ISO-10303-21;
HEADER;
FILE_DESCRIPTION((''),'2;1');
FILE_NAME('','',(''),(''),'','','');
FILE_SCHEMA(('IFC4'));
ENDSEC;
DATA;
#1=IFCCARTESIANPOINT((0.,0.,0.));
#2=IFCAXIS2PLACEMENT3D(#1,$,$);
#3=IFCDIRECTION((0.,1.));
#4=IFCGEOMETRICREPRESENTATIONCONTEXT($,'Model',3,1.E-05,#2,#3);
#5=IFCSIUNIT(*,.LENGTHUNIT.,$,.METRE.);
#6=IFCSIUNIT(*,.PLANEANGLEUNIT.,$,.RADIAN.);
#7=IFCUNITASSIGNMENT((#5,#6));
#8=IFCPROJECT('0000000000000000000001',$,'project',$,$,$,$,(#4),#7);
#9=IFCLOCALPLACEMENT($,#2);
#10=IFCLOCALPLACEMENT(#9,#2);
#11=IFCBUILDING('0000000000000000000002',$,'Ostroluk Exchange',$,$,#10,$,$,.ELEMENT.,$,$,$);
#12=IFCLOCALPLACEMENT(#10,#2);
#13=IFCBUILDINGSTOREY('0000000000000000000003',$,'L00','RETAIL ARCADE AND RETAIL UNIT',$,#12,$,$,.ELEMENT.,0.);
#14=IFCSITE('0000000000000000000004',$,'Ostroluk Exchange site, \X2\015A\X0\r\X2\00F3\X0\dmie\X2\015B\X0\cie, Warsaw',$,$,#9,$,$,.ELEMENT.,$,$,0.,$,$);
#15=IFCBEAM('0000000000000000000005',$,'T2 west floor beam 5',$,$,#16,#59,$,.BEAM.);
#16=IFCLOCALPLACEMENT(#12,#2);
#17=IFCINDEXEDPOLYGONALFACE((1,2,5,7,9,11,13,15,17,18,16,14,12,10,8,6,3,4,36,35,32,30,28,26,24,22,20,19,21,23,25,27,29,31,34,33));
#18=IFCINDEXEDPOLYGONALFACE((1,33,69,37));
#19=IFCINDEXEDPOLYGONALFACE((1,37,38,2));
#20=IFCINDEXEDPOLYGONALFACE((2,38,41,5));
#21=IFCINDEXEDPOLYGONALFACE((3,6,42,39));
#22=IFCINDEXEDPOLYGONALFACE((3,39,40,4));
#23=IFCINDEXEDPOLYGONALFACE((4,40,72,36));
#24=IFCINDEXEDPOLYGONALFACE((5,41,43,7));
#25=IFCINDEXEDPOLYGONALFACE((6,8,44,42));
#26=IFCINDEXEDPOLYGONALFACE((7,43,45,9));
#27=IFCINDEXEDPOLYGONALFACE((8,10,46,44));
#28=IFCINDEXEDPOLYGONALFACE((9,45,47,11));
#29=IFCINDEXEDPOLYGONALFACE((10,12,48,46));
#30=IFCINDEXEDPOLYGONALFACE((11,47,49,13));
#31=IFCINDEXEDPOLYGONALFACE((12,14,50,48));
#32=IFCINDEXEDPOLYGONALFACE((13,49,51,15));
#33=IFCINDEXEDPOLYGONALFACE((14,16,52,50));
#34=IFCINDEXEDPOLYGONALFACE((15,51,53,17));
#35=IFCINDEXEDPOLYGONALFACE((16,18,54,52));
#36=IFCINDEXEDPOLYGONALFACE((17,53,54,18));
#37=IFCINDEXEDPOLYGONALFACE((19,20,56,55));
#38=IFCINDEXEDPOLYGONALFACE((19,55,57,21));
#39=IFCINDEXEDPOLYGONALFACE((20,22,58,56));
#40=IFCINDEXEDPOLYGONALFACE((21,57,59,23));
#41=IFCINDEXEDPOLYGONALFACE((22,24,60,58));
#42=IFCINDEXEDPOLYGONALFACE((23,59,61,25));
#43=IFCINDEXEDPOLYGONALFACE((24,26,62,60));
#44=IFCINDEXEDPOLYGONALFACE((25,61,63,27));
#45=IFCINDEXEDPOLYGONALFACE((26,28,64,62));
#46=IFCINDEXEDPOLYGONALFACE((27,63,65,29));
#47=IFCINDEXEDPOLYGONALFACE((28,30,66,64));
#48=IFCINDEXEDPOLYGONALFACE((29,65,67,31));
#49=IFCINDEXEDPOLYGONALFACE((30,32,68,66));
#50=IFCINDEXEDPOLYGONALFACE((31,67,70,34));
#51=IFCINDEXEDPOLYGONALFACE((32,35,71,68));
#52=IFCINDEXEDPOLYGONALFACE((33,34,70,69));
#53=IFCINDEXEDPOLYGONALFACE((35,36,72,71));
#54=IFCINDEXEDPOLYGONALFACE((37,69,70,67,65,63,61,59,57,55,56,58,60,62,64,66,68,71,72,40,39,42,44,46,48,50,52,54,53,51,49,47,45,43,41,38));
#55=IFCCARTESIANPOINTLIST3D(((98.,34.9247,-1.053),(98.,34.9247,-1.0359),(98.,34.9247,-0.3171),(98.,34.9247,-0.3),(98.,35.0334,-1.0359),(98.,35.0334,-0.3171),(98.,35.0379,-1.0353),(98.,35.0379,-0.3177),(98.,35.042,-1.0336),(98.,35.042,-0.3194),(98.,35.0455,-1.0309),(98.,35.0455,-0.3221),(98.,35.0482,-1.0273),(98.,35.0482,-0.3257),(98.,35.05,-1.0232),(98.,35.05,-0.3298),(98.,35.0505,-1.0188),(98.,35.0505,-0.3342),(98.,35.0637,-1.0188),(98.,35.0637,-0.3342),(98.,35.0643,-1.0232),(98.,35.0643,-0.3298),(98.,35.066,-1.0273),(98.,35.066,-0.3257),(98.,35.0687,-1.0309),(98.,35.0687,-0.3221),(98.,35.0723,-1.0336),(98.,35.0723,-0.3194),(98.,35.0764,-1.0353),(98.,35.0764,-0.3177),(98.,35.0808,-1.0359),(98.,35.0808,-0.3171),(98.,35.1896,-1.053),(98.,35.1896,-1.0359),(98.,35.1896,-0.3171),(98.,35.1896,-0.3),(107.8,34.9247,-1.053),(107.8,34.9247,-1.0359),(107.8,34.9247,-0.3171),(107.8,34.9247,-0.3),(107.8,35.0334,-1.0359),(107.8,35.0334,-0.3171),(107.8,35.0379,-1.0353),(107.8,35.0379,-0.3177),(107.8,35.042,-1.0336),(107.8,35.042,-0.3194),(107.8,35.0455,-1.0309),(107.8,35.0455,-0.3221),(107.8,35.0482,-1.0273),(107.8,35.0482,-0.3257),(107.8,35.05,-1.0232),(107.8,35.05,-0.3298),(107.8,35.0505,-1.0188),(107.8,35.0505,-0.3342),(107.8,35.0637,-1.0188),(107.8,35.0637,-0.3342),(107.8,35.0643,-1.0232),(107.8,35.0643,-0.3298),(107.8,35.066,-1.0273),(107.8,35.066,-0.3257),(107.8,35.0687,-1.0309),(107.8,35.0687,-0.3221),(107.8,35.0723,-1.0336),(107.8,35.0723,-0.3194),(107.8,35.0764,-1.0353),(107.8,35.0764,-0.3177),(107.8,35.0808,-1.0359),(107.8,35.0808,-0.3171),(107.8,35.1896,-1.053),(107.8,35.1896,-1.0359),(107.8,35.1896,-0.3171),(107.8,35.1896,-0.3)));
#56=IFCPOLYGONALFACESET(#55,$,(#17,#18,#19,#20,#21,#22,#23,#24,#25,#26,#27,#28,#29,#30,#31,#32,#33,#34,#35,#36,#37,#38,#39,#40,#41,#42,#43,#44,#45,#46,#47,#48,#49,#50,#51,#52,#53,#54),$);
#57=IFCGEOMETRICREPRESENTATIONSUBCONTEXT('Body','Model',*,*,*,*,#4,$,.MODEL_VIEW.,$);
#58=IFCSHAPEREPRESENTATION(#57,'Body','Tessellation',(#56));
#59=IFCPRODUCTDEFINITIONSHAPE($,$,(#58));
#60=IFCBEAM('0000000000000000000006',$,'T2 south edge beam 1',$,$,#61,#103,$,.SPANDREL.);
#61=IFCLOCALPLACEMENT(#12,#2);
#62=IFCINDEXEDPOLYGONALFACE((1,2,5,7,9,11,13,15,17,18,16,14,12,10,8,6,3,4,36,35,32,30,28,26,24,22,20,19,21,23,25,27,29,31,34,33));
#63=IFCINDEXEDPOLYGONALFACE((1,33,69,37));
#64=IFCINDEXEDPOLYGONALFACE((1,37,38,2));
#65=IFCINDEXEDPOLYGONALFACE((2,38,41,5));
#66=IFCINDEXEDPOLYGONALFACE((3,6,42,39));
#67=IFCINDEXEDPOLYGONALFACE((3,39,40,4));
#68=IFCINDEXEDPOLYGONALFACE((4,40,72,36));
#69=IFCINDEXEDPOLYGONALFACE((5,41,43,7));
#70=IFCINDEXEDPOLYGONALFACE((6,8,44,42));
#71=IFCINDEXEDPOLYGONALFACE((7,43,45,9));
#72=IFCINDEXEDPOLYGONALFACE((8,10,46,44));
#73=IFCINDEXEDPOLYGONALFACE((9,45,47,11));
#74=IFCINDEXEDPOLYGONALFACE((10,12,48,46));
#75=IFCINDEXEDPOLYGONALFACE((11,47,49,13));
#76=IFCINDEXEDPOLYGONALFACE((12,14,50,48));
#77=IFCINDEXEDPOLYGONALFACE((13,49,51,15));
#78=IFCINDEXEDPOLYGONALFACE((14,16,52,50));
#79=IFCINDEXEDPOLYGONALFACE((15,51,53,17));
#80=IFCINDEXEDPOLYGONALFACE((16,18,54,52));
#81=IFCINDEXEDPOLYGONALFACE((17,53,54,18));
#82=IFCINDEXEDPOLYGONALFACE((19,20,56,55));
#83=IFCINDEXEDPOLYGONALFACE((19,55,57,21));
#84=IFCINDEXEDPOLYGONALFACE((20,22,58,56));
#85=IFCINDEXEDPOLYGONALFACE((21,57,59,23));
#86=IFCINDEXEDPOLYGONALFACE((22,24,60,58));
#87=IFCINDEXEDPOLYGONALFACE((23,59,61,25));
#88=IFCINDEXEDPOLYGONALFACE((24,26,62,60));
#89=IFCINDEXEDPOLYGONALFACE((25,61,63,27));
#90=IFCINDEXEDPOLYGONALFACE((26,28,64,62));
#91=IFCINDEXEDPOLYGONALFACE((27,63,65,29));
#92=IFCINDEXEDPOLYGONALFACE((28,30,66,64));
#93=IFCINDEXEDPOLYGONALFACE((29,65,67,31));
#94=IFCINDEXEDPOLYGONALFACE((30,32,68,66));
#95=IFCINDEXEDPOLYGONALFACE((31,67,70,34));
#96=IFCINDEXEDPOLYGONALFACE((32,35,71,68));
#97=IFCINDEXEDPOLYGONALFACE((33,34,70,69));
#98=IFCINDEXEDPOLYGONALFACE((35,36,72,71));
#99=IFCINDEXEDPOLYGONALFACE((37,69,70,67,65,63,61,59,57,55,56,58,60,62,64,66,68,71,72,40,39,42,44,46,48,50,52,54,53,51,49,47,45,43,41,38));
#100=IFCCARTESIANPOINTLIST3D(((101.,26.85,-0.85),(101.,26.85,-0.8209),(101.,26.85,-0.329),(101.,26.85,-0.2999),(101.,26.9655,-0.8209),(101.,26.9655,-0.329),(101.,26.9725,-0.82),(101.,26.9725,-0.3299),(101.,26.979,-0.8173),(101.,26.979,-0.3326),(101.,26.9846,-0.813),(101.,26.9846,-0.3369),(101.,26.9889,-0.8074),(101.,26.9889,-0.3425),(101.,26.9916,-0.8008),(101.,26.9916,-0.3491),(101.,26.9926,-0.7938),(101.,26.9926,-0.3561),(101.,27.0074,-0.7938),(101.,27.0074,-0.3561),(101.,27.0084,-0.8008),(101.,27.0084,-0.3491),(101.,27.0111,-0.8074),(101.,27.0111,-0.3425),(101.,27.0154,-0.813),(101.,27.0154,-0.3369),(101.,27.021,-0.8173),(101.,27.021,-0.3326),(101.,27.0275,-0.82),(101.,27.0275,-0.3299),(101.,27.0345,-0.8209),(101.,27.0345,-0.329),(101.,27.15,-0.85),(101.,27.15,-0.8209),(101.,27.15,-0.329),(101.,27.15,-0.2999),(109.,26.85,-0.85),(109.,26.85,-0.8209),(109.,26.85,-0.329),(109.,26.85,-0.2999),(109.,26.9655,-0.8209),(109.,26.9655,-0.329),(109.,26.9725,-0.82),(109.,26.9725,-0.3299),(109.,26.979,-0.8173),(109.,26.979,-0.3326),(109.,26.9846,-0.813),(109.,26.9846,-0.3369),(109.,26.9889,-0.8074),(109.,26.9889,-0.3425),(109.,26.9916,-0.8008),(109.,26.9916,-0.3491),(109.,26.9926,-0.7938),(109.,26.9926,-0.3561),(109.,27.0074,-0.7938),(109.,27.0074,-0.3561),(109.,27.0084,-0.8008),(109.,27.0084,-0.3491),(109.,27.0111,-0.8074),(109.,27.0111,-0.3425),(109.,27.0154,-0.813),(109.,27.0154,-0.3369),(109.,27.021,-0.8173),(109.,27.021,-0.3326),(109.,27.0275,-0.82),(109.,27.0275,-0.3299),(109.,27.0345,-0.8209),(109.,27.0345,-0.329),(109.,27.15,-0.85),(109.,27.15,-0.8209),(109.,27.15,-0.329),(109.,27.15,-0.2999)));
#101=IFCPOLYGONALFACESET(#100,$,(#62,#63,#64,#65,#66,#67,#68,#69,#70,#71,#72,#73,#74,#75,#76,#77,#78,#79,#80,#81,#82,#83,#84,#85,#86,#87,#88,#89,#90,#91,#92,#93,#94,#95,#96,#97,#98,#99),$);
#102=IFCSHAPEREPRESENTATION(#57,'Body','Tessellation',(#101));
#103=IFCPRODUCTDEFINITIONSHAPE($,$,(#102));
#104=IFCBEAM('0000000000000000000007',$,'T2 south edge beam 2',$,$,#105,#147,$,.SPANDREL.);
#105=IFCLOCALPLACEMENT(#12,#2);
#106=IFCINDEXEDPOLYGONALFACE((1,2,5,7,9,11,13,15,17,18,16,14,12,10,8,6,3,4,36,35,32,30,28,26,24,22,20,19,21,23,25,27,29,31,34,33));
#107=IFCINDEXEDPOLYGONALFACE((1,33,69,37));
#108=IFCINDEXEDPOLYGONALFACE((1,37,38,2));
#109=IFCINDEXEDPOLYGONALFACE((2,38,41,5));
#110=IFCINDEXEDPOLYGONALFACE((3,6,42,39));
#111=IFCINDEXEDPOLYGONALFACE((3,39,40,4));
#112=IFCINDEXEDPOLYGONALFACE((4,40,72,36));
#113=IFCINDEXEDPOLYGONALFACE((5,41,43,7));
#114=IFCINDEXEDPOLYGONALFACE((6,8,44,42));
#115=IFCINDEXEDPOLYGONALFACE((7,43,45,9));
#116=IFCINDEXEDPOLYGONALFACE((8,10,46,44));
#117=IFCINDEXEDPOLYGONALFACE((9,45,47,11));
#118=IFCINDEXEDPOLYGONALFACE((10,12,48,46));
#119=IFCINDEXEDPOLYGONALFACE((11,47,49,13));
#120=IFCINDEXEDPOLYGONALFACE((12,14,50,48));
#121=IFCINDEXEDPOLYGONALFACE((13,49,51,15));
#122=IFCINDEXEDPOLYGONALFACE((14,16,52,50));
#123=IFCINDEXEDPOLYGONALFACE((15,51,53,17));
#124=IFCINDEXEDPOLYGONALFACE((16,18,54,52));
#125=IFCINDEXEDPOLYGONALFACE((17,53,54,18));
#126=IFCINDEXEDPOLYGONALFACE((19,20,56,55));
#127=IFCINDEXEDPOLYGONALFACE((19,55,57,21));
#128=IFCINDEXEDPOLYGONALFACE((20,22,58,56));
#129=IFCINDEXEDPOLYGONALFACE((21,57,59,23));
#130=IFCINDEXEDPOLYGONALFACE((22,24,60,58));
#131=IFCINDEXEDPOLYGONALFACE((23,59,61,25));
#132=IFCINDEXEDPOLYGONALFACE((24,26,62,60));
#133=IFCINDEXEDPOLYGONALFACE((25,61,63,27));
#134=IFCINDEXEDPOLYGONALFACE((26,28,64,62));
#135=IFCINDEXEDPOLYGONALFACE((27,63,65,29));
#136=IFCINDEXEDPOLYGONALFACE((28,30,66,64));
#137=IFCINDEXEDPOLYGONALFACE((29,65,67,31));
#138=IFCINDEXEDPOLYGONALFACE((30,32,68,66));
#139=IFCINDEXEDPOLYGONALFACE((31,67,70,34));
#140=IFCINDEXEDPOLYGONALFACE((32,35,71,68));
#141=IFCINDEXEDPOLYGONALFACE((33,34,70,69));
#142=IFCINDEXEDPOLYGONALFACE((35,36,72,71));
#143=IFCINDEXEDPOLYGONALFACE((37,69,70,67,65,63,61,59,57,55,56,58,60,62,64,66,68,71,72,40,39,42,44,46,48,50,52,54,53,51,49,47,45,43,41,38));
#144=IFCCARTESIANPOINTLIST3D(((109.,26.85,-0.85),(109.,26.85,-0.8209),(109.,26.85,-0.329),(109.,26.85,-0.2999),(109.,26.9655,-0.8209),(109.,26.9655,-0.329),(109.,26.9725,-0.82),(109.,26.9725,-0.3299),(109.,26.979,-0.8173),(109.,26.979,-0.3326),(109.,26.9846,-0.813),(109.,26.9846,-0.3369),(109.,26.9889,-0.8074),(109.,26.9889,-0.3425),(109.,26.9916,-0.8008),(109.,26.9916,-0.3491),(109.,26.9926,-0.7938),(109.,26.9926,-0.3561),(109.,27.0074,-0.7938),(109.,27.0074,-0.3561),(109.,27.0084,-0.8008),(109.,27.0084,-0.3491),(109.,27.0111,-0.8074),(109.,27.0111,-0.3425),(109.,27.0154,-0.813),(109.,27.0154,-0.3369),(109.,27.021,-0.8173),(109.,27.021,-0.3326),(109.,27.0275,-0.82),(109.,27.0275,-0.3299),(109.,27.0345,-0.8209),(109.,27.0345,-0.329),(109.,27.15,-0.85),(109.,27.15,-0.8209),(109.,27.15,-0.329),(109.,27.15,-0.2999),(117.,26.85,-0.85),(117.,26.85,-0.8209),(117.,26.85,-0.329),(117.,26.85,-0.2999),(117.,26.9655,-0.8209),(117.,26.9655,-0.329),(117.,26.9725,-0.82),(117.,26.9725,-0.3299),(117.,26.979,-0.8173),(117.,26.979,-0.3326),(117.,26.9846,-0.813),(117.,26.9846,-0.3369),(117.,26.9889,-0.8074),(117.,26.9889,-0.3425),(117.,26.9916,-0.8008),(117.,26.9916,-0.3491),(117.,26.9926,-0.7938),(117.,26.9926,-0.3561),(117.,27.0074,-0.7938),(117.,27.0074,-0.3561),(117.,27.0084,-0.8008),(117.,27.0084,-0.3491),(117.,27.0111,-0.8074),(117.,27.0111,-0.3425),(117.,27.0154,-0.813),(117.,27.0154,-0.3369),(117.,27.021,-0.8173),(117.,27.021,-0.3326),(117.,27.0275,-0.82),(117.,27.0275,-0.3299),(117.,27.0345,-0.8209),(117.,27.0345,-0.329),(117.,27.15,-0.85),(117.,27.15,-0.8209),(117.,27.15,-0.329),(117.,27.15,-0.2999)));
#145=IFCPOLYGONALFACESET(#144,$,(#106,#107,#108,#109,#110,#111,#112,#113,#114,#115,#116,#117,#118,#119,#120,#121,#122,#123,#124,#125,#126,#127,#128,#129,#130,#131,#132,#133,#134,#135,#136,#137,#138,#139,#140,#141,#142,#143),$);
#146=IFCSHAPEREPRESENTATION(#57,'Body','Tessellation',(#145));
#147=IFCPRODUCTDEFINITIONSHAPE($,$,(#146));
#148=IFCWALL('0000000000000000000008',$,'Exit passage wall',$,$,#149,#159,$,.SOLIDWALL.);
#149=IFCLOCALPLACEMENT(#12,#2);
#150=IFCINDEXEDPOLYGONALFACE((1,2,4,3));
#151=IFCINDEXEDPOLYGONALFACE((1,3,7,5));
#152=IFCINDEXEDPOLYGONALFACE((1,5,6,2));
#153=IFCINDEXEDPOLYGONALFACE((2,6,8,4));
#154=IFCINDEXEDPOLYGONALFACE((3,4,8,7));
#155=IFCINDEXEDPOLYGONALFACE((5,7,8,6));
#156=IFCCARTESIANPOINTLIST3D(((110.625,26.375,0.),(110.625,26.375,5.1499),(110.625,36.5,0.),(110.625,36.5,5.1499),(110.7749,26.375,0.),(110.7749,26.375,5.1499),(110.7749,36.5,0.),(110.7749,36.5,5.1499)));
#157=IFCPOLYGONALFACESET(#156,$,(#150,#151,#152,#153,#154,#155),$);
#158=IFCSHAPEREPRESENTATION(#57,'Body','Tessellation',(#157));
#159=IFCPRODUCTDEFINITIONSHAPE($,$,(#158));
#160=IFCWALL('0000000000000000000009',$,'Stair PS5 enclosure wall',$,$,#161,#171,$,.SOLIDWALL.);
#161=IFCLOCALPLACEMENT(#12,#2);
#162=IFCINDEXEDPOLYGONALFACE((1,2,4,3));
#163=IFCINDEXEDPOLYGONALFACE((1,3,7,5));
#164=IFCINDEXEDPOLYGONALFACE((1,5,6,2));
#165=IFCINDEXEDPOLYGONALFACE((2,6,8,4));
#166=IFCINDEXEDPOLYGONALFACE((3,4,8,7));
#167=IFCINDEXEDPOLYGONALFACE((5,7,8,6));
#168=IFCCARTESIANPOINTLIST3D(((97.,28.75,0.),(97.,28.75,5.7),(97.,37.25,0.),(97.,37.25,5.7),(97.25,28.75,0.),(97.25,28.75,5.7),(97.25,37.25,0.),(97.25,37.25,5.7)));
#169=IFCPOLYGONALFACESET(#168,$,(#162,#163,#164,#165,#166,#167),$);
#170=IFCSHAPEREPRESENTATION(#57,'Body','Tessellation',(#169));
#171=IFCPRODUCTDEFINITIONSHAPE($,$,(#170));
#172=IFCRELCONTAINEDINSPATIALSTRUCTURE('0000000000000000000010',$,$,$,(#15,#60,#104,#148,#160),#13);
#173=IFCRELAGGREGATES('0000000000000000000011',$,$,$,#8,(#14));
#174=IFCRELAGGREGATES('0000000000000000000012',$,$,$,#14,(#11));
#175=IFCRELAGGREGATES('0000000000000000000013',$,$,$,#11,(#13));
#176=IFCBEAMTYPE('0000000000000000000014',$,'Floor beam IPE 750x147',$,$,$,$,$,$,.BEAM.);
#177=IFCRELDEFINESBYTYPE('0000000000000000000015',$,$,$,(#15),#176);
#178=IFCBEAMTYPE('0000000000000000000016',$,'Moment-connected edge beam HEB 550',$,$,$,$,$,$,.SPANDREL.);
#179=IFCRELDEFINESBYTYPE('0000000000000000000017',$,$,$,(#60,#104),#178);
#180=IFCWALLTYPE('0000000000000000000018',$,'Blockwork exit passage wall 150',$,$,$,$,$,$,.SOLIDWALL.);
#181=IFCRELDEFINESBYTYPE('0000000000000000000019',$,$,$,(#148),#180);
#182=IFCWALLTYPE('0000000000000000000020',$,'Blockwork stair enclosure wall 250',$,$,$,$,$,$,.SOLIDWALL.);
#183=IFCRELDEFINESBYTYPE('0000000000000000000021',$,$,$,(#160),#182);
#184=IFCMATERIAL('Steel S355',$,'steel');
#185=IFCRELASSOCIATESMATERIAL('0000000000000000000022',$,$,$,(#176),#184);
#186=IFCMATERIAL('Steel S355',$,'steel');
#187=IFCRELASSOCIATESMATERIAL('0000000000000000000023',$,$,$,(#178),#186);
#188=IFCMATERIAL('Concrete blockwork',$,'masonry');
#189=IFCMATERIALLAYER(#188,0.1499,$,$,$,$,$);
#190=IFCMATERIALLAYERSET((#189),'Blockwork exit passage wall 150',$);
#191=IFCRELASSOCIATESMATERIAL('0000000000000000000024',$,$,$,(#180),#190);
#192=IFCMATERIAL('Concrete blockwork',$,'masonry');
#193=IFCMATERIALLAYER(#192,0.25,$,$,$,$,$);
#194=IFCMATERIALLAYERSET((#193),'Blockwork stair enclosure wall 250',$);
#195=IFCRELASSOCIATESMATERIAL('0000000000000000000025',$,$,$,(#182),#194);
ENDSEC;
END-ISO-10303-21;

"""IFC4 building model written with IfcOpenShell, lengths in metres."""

from ifc_helpers import new_model, si_unit, direction, frame, frame_2d, origin, origin_2d, place, context, subcontext, project, spatial, rectangle, i_section, extrude, material, layer, layer_set, material_profile, profile_set, type_object, element, save


model = new_model("IFC4")

# Units and contexts
model_context = context("Model", 3, precision=1e-05, world=origin(), true_north=direction((0.0, 1.0)))
body_context = subcontext(model_context, "Body", "Model", "MODEL_VIEW")
ifc_project = project(units=[si_unit("LENGTHUNIT", "METRE"), si_unit("PLANEANGLEUNIT", "RADIAN")], contexts=[model_context])

# Site, building, storey
site_placement = place(None, origin())
site = spatial("IfcSite", under=ifc_project, at=site_placement, Name="Ostroluk Exchange site, Śródmieście, Warsaw", CompositionType="ELEMENT", RefElevation=0.0)
building_placement = place(site_placement, origin())
building = spatial("IfcBuilding", under=site, at=building_placement, Name="Ostroluk Exchange", CompositionType="ELEMENT")
storey_placement = place(building_placement, origin())
storey = spatial("IfcBuildingStorey", under=building, at=storey_placement, Name="L00", Description="RETAIL ARCADE AND RETAIL UNIT", CompositionType="ELEMENT", Elevation=0.0)

# Beams
ifc_material_1 = material(Name="Steel S355", Category="steel")
ifc_material_profile_1 = material_profile(ifc_material_1, i_section(OverallWidth=0.2649, OverallDepth=0.7529, WebThickness=0.0132, FlangeThickness=0.0171, FilletRadius=0.0171, at=origin_2d()), Name="IPE 750x147")
ifc_profile_set_1 = profile_set([ifc_material_profile_1], Name="Steel S355")
beam_type_1 = type_object("IfcBeamType", Name="Floor beam IPE 750x147", PredefinedType="BEAM", material=ifc_profile_set_1)
beam_placement = place(storey_placement, frame((107.8, 35.0571, -0.6765), z_axis=(-1.0, 0.0, 0.0), x_axis=(0.0, -1.0, 0.0)))
element("IfcBeam", 1, at=beam_placement, inside=storey, type_object=beam_type_1, Name="T2 west floor beam 5", PredefinedType="BEAM", context=body_context, shape_type="SweptSolid", body=[
    extrude(i_section(OverallWidth=0.2649, OverallDepth=0.7529, WebThickness=0.0132, FlangeThickness=0.0171, FilletRadius=0.0171, at=origin_2d()), origin(), (0.0, 0.0, 1.0), 9.8),
])
ifc_material_2 = material(Name="Steel S355", Category="steel")
ifc_material_profile_2 = material_profile(ifc_material_2, i_section(OverallWidth=0.3, OverallDepth=0.55, WebThickness=0.0149, FlangeThickness=0.0291, FilletRadius=0.0271, at=origin_2d()), Name="HEB 550")
ifc_profile_set_2 = profile_set([ifc_material_profile_2], Name="Steel S355")
beam_type_2 = type_object("IfcBeamType", Name="Moment-connected edge beam HEB 550", PredefinedType="SPANDREL", material=ifc_profile_set_2)
for number, where, z_axis, x_axis, name in (
    (2, (101.0, 27.0, -0.575), (1.0, 0.0, 0.0), (0.0, 1.0, 0.0), "T2 south edge beam 1"),
    (3, (109.0, 27.0, -0.575), (1.0, 0.0, 0.0), (0.0, 1.0, 0.0), "T2 south edge beam 2"),
):
    element("IfcBeam", number, at=place(storey_placement, frame(where, z_axis=z_axis, x_axis=x_axis)), inside=storey, type_object=beam_type_2, Name=name, PredefinedType="SPANDREL", context=body_context, shape_type="SweptSolid", body=[
        extrude(i_section(OverallWidth=0.3, OverallDepth=0.55, WebThickness=0.0149, FlangeThickness=0.0291, FilletRadius=0.0271, at=origin_2d()), origin(), (0.0, 0.0, 1.0), 8.0),
    ])

# Walls
ifc_material_3 = material(Name="Concrete blockwork", Category="masonry")
ifc_layer_1 = layer(ifc_material_3, 0.1499)
ifc_layer_set_1 = layer_set([ifc_layer_1], Name="Blockwork exit passage wall 150")
wall_type_1 = type_object("IfcWallType", Name="Blockwork exit passage wall 150", PredefinedType="SOLIDWALL", material=ifc_layer_set_1)
wall_1_placement = place(storey_placement, frame((110.7, 26.375, 0.0), z_axis=(0.0, 0.0, 1.0), x_axis=(0.0, 1.0, 0.0)))
element("IfcWall", 4, at=wall_1_placement, inside=storey, type_object=wall_type_1, Name="Exit passage wall", PredefinedType="SOLIDWALL", context=body_context, shape_type="SweptSolid", body=[
    extrude(rectangle(XDim=10.125, YDim=0.1499, at=frame_2d((5.0625, 0.0))), origin(), (0.0, 0.0, 1.0), 5.1499),
])
ifc_material_4 = material(Name="Concrete blockwork", Category="masonry")
ifc_layer_2 = layer(ifc_material_4, 0.25)
ifc_layer_set_2 = layer_set([ifc_layer_2], Name="Blockwork stair enclosure wall 250")
wall_type_2 = type_object("IfcWallType", Name="Blockwork stair enclosure wall 250", PredefinedType="SOLIDWALL", material=ifc_layer_set_2)
wall_2_placement = place(storey_placement, frame((97.125, 28.75, 0.0), z_axis=(0.0, 0.0, 1.0), x_axis=(0.0, 1.0, 0.0)))
element("IfcWall", 5, at=wall_2_placement, inside=storey, type_object=wall_type_2, Name="Stair PS5 enclosure wall", PredefinedType="SOLIDWALL", context=body_context, shape_type="SweptSolid", body=[
    extrude(rectangle(XDim=8.5, YDim=0.25, at=frame_2d((4.25, 0.0))), origin(), (0.0, 0.0, 1.0), 5.7),
])

save(model, "model.ifc")
